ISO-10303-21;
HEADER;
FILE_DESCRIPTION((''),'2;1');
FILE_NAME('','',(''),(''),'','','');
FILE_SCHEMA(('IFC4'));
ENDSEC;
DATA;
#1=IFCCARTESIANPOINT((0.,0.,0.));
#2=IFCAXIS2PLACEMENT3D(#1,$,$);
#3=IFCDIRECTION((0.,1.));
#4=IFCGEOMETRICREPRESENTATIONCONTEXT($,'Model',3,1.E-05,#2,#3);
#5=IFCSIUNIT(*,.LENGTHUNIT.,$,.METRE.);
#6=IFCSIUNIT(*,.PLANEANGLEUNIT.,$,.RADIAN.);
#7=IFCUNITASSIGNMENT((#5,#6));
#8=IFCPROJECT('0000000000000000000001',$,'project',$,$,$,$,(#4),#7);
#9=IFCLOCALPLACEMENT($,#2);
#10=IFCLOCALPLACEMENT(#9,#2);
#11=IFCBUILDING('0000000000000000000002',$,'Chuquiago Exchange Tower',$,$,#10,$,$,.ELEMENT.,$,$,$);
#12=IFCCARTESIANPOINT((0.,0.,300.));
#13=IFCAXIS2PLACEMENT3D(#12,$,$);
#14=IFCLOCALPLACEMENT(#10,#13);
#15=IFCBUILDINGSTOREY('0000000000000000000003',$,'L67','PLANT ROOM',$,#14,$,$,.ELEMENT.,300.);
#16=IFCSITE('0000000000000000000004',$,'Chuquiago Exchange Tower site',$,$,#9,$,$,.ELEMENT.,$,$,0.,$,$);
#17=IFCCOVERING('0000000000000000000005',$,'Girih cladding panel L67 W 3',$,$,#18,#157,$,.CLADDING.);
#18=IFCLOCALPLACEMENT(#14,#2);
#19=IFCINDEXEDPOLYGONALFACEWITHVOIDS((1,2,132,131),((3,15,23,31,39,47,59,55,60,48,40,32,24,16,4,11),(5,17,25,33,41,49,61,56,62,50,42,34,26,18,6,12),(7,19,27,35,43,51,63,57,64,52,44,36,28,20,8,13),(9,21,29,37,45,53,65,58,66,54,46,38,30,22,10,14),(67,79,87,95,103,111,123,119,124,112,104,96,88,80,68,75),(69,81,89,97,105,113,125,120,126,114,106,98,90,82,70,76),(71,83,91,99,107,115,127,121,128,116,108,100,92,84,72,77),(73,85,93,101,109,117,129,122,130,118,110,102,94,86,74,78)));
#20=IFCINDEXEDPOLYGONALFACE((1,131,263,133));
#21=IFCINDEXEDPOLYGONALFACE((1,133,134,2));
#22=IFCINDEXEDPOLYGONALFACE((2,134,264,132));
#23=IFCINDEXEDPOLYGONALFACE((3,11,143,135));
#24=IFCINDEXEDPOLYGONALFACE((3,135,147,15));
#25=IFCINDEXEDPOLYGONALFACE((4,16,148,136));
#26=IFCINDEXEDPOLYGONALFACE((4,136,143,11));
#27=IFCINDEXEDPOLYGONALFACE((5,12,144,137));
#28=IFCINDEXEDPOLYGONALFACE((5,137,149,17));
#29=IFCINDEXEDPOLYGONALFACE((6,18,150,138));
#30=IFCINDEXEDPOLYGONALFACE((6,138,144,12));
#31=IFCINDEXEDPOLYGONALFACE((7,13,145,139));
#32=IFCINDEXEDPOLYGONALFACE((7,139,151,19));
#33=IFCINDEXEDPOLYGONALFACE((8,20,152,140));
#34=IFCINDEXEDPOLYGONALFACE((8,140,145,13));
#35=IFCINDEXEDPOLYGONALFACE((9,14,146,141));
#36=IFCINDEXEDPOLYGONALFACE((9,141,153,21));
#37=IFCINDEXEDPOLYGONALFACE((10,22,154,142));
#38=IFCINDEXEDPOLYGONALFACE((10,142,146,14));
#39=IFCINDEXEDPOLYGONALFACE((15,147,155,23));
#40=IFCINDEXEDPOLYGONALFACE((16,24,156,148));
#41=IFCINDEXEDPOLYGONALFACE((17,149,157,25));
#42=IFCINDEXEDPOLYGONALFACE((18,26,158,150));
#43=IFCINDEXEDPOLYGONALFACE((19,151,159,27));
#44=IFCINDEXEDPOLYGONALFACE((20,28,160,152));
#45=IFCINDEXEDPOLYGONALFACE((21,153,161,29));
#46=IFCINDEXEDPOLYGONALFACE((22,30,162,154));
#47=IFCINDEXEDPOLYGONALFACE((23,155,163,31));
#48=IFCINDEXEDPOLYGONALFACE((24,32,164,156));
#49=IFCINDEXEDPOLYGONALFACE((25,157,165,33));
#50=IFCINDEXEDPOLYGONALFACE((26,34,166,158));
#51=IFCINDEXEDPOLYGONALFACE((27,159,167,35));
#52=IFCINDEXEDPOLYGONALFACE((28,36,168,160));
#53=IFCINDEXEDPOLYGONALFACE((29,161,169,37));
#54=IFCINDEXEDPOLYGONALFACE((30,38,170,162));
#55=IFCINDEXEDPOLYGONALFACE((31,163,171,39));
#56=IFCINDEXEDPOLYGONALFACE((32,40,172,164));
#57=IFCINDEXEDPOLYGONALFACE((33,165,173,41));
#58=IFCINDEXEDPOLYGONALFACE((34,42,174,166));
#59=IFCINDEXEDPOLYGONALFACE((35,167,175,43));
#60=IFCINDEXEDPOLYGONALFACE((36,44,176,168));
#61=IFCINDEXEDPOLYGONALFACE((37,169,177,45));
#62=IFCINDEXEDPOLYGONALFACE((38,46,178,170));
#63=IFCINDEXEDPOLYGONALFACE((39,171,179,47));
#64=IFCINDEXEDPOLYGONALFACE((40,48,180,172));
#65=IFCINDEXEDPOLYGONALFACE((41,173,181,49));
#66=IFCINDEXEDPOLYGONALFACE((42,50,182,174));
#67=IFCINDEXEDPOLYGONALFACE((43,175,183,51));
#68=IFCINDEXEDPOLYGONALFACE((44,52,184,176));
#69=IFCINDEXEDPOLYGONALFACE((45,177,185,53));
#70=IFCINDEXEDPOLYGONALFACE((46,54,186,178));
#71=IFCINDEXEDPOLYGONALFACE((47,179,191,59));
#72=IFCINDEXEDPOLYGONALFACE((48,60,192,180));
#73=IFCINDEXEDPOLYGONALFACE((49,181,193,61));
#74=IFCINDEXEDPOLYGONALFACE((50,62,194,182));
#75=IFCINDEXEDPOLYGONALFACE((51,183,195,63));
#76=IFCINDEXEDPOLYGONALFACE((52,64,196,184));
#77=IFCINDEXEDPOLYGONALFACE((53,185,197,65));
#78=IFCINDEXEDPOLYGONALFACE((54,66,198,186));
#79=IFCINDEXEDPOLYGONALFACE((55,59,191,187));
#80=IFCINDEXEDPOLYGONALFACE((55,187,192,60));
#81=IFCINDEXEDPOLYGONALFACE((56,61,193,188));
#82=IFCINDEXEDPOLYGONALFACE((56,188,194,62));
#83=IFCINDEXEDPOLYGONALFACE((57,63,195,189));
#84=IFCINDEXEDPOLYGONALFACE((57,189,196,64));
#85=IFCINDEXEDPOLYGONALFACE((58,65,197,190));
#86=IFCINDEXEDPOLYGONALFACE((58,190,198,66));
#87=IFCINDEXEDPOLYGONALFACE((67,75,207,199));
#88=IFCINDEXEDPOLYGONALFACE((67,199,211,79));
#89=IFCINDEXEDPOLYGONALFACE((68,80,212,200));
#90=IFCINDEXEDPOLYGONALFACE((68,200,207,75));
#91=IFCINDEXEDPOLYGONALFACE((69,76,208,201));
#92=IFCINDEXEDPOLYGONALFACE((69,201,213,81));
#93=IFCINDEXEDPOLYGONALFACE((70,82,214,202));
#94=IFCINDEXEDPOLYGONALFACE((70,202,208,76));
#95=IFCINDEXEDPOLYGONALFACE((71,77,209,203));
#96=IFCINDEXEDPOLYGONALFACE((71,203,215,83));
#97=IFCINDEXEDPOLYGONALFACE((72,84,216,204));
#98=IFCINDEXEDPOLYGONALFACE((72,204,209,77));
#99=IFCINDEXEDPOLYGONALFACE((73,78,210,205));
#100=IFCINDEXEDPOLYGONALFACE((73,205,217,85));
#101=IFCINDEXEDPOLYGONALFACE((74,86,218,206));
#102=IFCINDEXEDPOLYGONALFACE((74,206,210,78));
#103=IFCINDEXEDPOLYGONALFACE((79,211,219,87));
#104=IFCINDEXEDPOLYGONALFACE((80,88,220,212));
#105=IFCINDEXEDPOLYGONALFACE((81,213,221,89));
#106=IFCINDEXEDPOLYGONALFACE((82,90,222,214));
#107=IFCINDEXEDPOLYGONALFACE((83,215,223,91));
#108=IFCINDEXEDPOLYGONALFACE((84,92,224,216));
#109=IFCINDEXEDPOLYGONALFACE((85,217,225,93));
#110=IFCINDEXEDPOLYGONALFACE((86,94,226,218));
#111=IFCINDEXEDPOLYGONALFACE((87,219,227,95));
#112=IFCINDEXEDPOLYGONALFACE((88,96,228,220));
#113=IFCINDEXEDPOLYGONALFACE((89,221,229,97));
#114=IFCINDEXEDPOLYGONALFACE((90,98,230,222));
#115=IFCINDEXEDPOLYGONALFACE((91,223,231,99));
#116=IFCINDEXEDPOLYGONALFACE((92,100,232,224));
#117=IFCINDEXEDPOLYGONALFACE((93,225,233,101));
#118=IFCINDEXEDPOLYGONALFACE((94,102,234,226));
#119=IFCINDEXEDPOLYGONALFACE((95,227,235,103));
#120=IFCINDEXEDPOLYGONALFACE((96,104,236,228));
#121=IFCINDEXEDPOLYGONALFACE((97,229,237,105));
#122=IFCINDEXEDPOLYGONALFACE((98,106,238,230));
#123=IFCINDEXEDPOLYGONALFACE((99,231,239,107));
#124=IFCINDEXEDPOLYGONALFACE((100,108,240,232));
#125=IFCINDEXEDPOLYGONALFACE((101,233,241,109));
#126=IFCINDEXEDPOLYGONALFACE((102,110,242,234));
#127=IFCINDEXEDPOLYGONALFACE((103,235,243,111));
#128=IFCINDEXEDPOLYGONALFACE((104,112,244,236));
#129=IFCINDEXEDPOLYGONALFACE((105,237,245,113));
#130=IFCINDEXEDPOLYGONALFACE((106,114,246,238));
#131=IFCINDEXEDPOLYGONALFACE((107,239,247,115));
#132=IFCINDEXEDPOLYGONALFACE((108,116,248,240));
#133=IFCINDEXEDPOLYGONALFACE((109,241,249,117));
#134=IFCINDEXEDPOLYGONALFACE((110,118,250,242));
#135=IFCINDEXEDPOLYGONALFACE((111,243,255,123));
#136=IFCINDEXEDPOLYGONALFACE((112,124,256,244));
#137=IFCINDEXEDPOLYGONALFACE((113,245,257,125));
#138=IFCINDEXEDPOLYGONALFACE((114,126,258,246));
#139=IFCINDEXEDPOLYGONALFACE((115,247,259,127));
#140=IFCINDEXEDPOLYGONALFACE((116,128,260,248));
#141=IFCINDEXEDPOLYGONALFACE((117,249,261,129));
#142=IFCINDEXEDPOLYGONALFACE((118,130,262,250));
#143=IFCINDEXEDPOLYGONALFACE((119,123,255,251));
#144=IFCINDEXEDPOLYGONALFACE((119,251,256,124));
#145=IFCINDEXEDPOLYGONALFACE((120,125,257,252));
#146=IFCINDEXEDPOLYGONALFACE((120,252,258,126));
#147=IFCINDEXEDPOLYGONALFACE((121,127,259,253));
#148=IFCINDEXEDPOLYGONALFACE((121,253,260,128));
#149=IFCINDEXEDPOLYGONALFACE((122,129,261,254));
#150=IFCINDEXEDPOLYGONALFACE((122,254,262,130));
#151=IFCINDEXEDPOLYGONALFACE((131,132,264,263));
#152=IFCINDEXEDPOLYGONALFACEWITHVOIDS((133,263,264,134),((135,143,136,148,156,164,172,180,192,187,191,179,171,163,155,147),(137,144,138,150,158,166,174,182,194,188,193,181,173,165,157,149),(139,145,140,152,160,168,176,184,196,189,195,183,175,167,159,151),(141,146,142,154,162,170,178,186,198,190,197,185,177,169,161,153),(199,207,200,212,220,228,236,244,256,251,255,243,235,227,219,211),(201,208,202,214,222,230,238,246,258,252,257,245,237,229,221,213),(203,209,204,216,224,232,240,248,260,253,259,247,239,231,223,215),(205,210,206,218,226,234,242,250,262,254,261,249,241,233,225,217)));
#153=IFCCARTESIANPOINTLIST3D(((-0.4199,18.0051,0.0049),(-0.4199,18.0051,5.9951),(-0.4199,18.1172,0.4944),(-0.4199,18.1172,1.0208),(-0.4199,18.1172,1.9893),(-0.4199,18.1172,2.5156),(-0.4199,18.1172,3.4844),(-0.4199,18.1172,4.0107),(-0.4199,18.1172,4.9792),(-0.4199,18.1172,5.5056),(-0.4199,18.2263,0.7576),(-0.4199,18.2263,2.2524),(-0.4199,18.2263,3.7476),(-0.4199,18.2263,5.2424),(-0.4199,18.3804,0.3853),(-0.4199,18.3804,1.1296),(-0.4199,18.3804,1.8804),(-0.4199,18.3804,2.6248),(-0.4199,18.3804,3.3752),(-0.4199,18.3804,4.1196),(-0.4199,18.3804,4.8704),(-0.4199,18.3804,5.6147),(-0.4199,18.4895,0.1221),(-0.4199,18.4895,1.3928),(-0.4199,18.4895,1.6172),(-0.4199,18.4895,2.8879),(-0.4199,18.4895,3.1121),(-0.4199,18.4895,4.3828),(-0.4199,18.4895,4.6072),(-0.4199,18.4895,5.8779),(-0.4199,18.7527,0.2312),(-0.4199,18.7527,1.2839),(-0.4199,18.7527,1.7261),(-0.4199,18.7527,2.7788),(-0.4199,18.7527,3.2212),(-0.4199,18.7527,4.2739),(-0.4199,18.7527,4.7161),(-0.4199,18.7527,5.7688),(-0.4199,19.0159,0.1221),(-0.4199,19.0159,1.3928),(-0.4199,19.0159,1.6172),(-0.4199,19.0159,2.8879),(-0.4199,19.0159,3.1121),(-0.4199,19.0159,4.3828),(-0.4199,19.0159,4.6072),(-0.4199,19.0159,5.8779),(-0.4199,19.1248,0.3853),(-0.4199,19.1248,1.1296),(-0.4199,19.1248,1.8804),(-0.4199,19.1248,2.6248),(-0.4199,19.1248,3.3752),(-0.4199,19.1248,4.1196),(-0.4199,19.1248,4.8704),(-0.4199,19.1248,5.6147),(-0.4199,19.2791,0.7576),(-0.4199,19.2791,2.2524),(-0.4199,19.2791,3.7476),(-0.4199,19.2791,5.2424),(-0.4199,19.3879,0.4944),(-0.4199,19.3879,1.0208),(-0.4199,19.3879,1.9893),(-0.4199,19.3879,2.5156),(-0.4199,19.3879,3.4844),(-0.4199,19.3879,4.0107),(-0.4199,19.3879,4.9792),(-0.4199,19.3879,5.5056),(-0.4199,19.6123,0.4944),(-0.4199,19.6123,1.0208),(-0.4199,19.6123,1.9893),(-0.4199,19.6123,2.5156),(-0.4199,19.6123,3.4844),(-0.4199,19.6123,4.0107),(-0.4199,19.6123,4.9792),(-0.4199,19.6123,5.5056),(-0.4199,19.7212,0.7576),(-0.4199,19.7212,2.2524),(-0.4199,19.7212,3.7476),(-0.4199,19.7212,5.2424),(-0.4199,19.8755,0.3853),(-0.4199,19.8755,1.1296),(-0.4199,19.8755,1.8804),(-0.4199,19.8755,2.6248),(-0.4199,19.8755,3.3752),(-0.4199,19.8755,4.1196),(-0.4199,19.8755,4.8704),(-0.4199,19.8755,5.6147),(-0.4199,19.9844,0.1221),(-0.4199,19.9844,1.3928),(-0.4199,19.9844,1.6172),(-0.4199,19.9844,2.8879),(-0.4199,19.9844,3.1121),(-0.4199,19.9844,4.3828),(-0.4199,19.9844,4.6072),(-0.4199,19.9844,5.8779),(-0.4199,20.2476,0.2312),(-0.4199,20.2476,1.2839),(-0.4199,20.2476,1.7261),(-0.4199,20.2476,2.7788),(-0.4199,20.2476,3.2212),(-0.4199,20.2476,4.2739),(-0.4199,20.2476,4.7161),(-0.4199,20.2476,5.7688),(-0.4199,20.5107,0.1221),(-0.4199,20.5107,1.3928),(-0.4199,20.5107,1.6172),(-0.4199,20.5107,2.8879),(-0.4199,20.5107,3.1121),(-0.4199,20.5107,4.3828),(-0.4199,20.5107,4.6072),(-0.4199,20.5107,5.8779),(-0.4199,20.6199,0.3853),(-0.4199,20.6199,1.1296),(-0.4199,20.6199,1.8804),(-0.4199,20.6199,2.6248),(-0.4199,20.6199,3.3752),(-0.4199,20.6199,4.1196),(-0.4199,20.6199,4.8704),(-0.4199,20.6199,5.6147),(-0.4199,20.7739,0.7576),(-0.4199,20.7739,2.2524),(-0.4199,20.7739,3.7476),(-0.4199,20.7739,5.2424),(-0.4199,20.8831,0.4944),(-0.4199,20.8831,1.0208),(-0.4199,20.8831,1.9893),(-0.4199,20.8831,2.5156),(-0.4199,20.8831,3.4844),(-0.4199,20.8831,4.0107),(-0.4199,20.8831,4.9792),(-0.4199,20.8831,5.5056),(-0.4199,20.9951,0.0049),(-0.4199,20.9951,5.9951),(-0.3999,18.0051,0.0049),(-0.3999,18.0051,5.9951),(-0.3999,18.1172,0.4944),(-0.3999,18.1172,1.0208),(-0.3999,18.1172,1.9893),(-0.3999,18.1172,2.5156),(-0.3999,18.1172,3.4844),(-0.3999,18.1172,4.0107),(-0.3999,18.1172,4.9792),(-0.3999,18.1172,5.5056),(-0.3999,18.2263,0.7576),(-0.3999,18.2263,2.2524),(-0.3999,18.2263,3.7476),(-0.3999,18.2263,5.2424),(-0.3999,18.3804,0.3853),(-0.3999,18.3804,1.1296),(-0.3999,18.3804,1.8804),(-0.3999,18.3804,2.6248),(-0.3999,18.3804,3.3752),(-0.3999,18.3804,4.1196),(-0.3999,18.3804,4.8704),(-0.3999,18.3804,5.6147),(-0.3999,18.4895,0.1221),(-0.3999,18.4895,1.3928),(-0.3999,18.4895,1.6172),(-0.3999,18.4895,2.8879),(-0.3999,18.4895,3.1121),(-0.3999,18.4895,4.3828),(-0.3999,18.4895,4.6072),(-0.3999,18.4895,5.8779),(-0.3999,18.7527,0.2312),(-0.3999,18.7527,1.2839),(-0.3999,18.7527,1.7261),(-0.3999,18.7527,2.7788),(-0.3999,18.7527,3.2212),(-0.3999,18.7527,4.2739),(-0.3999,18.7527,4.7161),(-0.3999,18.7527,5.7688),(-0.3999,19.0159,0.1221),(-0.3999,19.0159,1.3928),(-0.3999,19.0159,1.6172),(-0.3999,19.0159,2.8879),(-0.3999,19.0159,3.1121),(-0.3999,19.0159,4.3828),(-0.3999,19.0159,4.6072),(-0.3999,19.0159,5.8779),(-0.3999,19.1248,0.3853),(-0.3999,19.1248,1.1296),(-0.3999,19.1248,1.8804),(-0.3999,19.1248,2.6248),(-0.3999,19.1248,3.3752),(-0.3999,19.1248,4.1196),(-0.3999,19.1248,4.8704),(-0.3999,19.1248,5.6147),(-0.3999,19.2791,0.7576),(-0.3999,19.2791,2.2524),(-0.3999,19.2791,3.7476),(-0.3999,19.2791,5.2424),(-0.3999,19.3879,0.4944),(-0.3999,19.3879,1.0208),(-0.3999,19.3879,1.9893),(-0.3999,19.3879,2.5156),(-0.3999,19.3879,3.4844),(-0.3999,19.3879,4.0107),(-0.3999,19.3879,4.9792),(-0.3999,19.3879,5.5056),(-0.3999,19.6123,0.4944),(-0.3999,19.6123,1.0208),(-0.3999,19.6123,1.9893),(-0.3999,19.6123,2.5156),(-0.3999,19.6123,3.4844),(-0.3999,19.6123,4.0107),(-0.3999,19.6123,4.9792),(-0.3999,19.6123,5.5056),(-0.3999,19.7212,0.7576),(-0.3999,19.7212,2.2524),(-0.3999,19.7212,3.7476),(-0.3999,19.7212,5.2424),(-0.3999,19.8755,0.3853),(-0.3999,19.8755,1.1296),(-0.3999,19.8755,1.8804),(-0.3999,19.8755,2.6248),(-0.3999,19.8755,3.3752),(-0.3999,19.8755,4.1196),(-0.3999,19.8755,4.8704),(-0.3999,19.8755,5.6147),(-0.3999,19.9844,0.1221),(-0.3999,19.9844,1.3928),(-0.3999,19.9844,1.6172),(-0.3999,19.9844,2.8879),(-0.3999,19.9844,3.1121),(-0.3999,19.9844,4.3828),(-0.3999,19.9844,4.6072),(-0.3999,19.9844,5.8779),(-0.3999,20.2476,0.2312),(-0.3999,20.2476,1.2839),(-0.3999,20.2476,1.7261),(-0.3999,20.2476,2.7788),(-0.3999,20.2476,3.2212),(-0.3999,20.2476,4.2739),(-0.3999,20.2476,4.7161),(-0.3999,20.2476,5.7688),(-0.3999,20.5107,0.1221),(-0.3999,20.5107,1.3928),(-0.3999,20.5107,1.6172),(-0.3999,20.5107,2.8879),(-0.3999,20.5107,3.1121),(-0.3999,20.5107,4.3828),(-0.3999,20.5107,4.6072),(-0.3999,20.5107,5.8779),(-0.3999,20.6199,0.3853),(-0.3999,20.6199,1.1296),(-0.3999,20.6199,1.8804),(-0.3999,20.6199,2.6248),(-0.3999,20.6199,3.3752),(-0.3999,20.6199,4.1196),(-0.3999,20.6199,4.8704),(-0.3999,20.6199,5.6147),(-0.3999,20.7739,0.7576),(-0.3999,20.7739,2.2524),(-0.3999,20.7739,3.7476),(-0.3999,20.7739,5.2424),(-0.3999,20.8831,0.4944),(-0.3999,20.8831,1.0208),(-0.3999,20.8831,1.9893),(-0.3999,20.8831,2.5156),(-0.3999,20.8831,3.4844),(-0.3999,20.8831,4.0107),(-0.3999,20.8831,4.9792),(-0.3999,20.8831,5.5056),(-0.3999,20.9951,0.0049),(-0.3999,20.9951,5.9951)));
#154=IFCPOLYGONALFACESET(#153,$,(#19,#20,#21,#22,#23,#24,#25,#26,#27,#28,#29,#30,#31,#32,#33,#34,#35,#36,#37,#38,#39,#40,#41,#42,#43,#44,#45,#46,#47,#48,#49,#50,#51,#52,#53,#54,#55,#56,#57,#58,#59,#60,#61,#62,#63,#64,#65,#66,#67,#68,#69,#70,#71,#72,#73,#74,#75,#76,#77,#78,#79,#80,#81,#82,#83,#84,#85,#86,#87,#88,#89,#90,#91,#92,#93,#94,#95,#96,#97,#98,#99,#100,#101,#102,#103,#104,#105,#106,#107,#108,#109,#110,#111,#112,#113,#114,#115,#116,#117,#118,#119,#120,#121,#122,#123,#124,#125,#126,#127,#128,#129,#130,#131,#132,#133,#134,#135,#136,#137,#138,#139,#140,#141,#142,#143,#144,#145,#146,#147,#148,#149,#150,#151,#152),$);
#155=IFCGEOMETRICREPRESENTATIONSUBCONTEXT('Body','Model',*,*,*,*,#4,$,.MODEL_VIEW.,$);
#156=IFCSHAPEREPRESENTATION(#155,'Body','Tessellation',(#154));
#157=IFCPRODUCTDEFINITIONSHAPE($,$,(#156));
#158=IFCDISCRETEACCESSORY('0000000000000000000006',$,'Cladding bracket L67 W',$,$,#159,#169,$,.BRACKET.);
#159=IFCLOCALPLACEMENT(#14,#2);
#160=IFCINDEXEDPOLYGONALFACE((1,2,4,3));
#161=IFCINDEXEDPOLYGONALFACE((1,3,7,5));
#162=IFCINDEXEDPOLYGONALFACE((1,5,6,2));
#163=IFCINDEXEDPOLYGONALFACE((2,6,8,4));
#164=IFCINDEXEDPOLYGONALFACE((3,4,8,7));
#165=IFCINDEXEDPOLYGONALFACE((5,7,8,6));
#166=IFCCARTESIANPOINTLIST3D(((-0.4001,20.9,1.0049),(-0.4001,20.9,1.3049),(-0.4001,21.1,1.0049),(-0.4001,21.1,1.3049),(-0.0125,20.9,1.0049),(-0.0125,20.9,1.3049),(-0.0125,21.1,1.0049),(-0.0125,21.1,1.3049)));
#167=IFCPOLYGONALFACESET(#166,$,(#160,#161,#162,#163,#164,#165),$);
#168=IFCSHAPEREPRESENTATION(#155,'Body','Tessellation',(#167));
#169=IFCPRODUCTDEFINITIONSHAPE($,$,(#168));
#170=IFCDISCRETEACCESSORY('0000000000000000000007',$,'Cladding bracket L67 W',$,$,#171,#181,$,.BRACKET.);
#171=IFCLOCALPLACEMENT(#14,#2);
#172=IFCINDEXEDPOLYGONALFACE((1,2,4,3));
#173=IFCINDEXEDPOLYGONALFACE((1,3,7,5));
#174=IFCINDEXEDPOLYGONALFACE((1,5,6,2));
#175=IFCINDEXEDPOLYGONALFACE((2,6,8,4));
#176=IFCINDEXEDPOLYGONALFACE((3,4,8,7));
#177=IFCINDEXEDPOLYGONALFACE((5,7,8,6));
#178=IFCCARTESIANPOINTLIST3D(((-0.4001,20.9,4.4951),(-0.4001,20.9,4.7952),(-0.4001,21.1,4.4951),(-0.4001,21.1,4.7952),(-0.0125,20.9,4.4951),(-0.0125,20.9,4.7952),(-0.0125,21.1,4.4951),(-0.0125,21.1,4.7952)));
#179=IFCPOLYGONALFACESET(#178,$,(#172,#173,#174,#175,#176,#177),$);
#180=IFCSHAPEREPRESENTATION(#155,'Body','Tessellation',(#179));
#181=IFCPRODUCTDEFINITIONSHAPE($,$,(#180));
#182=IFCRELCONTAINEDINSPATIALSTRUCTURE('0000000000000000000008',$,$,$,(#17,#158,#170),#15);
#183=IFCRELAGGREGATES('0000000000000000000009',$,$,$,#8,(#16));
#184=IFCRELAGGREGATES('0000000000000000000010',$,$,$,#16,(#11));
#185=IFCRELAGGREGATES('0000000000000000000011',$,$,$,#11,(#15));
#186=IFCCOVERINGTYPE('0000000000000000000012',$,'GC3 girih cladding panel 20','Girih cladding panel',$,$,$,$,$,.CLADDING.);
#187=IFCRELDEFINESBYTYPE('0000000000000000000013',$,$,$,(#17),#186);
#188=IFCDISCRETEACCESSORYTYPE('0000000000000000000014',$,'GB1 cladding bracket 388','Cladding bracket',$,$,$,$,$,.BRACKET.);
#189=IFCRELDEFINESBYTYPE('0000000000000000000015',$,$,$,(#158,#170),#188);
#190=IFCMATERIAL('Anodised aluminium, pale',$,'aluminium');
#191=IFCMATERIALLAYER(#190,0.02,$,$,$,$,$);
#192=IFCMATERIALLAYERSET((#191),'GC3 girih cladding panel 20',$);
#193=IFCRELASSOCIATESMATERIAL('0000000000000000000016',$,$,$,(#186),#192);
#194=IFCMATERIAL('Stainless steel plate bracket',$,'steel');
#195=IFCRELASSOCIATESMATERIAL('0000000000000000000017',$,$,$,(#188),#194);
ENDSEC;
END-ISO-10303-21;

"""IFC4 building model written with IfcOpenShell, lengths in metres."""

from ifc_helpers import new_model, si_unit, direction, frame, origin, origin_2d, place, context, subcontext, project, spatial, polyline, rectangle, outline, extrude, material, layer, layer_set, type_object, element, save


model = new_model("IFC4")

# Units and contexts
model_context = context("Model", 3, precision=1e-05, world=origin(), true_north=direction((0.0, 1.0)))
body_context = subcontext(model_context, "Body", "Model", "MODEL_VIEW")
ifc_project = project(units=[si_unit("LENGTHUNIT", "METRE"), si_unit("PLANEANGLEUNIT", "RADIAN")], contexts=[model_context])

# Site, building, storey
site_placement = place(None, origin())
site = spatial("IfcSite", under=ifc_project, at=site_placement, Name="Chuquiago Exchange Tower site", CompositionType="ELEMENT", RefElevation=0.0)
building_placement = place(site_placement, origin())
building = spatial("IfcBuilding", under=site, at=building_placement, Name="Chuquiago Exchange Tower", CompositionType="ELEMENT")
storey_placement = place(building_placement, frame((0.0, 0.0, 300.0)))
storey = spatial("IfcBuildingStorey", under=building, at=storey_placement, Name="L67", Description="PLANT ROOM", CompositionType="ELEMENT", Elevation=300.0)

# Covering
ifc_material_1 = material(Name="Anodised aluminium, pale", Category="aluminium")
ifc_layer_1 = layer(ifc_material_1, 0.02)
ifc_layer_set_1 = layer_set([ifc_layer_1], Name="GC3 girih cladding panel 20")
covering_type_1 = type_object("IfcCoveringType", Name="GC3 girih cladding panel 20", Description="Girih cladding panel", PredefinedType="CLADDING", material=ifc_layer_set_1)
covering_1_placement = place(storey_placement, frame((-0.3999, 20.9951, 0.0049), z_axis=(0.0, 0.0, 1.0), x_axis=(0.0, -1.0, 0.0)))
element("IfcCovering", 1, at=covering_1_placement, inside=storey, type_object=covering_type_1, Name="Girih cladding panel L67 W 3", PredefinedType="CLADDING", context=body_context, shape_type="SweptSolid", body=[
    extrude(outline(polyline([(0.0, 0.0), (2.99, 0.0), (2.99, 5.9902), (0.0, 5.9902), (0.0, 0.0)]), holes=[polyline([(1.2739, 0.7527), (1.3828, 1.0159), (1.1196, 1.1248), (1.0107, 1.3879), (0.7476, 1.2791), (0.4844, 1.3879), (0.3752, 1.1248), (0.1121, 1.0159), (0.2212, 0.7527), (0.1121, 0.4895), (0.3752, 0.3804), (0.4844, 0.1172), (0.7476, 0.2263), (1.0107, 0.1172), (1.1196, 0.3804), (1.3828, 0.4895), (1.2739, 0.7527)]), polyline([(2.7688, 0.7527), (2.8779, 1.0159), (2.6147, 1.1248), (2.5056, 1.3879), (2.2424, 1.2791), (1.9792, 1.3879), (1.8704, 1.1248), (1.6072, 1.0159), (1.7161, 0.7527), (1.6072, 0.4895), (1.8704, 0.3804), (1.9792, 0.1172), (2.2424, 0.2263), (2.5056, 0.1172), (2.6147, 0.3804), (2.8779, 0.4895), (2.7688, 0.7527)]), polyline([(1.2739, 2.2476), (1.3828, 2.5107), (1.1196, 2.6199), (1.0107, 2.8831), (0.7476, 2.7739), (0.4844, 2.8831), (0.3752, 2.6199), (0.1121, 2.5107), (0.2212, 2.2476), (0.1121, 1.9844), (0.3752, 1.8755), (0.4844, 1.6123), (0.7476, 1.7212), (1.0107, 1.6123), (1.1196, 1.8755), (1.3828, 1.9844), (1.2739, 2.2476)]), polyline([(2.7688, 2.2476), (2.8779, 2.5107), (2.6147, 2.6199), (2.5056, 2.8831), (2.2424, 2.7739), (1.9792, 2.8831), (1.8704, 2.6199), (1.6072, 2.5107), (1.7161, 2.2476), (1.6072, 1.9844), (1.8704, 1.8755), (1.9792, 1.6123), (2.2424, 1.7212), (2.5056, 1.6123), (2.6147, 1.8755), (2.8779, 1.9844), (2.7688, 2.2476)]), polyline([(1.2739, 3.7427), (1.3828, 4.0059), (1.1196, 4.1147), (1.0107, 4.3779), (0.7476, 4.269), (0.4844, 4.3779), (0.3752, 4.1147), (0.1121, 4.0059), (0.2212, 3.7427), (0.1121, 3.4795), (0.3752, 3.3704), (0.4844, 3.1072), (0.7476, 3.2163), (1.0107, 3.1072), (1.1196, 3.3704), (1.3828, 3.4795), (1.2739, 3.7427)]), polyline([(2.7688, 3.7427), (2.8779, 4.0059), (2.6147, 4.1147), (2.5056, 4.3779), (2.2424, 4.269), (1.9792, 4.3779), (1.8704, 4.1147), (1.6072, 4.0059), (1.7161, 3.7427), (1.6072, 3.4795), (1.8704, 3.3704), (1.9792, 3.1072), (2.2424, 3.2163), (2.5056, 3.1072), (2.6147, 3.3704), (2.8779, 3.4795), (2.7688, 3.7427)]), polyline([(1.2739, 5.2375), (1.3828, 5.5007), (1.1196, 5.6099), (1.0107, 5.873), (0.7476, 5.7639), (0.4844, 5.873), (0.3752, 5.6099), (0.1121, 5.5007), (0.2212, 5.2375), (0.1121, 4.9744), (0.3752, 4.8655), (0.4844, 4.6023), (0.7476, 4.7112), (1.0107, 4.6023), (1.1196, 4.8655), (1.3828, 4.9744), (1.2739, 5.2375)]), polyline([(2.7688, 5.2375), (2.8779, 5.5007), (2.6147, 5.6099), (2.5056, 5.873), (2.2424, 5.7639), (1.9792, 5.873), (1.8704, 5.6099), (1.6072, 5.5007), (1.7161, 5.2375), (1.6072, 4.9744), (1.8704, 4.8655), (1.9792, 4.6023), (2.2424, 4.7112), (2.5056, 4.6023), (2.6147, 4.8655), (2.8779, 4.9744), (2.7688, 5.2375)])]), frame((0.0, 0.0, 0.0), z_axis=(0.0, -1.0, 0.0), x_axis=(1.0, 0.0, 0.0)), (0.0, 0.0, 1.0), 0.02),
])

# Discrete accessories
ifc_material_2 = material(Name="Stainless steel plate bracket", Category="steel")
discrete_accessory_type_1 = type_object("IfcDiscreteAccessoryType", Name="GB1 cladding bracket 388", Description="Cladding bracket", PredefinedType="BRACKET", material=ifc_material_2)
for number, where, z_axis, x_axis, name in (
    (2, (-0.2063, 21.0, 1.0049), (0.0, 0.0, 1.0), (0.0, -1.0, 0.0), "Cladding bracket L67 W"),
    (3, (-0.2063, 21.0, 4.4951), (0.0, 0.0, 1.0), (0.0, -1.0, 0.0), "Cladding bracket L67 W"),
):
    element("IfcDiscreteAccessory", number, at=place(storey_placement, frame(where, z_axis=z_axis, x_axis=x_axis)), inside=storey, type_object=discrete_accessory_type_1, Name=name, PredefinedType="BRACKET", context=body_context, shape_type="SweptSolid", body=[
        extrude(rectangle(XDim=0.2, YDim=0.3877, at=origin_2d()), origin(), (0.0, 0.0, 1.0), 0.3),
    ])

save(model, "model.ifc")
